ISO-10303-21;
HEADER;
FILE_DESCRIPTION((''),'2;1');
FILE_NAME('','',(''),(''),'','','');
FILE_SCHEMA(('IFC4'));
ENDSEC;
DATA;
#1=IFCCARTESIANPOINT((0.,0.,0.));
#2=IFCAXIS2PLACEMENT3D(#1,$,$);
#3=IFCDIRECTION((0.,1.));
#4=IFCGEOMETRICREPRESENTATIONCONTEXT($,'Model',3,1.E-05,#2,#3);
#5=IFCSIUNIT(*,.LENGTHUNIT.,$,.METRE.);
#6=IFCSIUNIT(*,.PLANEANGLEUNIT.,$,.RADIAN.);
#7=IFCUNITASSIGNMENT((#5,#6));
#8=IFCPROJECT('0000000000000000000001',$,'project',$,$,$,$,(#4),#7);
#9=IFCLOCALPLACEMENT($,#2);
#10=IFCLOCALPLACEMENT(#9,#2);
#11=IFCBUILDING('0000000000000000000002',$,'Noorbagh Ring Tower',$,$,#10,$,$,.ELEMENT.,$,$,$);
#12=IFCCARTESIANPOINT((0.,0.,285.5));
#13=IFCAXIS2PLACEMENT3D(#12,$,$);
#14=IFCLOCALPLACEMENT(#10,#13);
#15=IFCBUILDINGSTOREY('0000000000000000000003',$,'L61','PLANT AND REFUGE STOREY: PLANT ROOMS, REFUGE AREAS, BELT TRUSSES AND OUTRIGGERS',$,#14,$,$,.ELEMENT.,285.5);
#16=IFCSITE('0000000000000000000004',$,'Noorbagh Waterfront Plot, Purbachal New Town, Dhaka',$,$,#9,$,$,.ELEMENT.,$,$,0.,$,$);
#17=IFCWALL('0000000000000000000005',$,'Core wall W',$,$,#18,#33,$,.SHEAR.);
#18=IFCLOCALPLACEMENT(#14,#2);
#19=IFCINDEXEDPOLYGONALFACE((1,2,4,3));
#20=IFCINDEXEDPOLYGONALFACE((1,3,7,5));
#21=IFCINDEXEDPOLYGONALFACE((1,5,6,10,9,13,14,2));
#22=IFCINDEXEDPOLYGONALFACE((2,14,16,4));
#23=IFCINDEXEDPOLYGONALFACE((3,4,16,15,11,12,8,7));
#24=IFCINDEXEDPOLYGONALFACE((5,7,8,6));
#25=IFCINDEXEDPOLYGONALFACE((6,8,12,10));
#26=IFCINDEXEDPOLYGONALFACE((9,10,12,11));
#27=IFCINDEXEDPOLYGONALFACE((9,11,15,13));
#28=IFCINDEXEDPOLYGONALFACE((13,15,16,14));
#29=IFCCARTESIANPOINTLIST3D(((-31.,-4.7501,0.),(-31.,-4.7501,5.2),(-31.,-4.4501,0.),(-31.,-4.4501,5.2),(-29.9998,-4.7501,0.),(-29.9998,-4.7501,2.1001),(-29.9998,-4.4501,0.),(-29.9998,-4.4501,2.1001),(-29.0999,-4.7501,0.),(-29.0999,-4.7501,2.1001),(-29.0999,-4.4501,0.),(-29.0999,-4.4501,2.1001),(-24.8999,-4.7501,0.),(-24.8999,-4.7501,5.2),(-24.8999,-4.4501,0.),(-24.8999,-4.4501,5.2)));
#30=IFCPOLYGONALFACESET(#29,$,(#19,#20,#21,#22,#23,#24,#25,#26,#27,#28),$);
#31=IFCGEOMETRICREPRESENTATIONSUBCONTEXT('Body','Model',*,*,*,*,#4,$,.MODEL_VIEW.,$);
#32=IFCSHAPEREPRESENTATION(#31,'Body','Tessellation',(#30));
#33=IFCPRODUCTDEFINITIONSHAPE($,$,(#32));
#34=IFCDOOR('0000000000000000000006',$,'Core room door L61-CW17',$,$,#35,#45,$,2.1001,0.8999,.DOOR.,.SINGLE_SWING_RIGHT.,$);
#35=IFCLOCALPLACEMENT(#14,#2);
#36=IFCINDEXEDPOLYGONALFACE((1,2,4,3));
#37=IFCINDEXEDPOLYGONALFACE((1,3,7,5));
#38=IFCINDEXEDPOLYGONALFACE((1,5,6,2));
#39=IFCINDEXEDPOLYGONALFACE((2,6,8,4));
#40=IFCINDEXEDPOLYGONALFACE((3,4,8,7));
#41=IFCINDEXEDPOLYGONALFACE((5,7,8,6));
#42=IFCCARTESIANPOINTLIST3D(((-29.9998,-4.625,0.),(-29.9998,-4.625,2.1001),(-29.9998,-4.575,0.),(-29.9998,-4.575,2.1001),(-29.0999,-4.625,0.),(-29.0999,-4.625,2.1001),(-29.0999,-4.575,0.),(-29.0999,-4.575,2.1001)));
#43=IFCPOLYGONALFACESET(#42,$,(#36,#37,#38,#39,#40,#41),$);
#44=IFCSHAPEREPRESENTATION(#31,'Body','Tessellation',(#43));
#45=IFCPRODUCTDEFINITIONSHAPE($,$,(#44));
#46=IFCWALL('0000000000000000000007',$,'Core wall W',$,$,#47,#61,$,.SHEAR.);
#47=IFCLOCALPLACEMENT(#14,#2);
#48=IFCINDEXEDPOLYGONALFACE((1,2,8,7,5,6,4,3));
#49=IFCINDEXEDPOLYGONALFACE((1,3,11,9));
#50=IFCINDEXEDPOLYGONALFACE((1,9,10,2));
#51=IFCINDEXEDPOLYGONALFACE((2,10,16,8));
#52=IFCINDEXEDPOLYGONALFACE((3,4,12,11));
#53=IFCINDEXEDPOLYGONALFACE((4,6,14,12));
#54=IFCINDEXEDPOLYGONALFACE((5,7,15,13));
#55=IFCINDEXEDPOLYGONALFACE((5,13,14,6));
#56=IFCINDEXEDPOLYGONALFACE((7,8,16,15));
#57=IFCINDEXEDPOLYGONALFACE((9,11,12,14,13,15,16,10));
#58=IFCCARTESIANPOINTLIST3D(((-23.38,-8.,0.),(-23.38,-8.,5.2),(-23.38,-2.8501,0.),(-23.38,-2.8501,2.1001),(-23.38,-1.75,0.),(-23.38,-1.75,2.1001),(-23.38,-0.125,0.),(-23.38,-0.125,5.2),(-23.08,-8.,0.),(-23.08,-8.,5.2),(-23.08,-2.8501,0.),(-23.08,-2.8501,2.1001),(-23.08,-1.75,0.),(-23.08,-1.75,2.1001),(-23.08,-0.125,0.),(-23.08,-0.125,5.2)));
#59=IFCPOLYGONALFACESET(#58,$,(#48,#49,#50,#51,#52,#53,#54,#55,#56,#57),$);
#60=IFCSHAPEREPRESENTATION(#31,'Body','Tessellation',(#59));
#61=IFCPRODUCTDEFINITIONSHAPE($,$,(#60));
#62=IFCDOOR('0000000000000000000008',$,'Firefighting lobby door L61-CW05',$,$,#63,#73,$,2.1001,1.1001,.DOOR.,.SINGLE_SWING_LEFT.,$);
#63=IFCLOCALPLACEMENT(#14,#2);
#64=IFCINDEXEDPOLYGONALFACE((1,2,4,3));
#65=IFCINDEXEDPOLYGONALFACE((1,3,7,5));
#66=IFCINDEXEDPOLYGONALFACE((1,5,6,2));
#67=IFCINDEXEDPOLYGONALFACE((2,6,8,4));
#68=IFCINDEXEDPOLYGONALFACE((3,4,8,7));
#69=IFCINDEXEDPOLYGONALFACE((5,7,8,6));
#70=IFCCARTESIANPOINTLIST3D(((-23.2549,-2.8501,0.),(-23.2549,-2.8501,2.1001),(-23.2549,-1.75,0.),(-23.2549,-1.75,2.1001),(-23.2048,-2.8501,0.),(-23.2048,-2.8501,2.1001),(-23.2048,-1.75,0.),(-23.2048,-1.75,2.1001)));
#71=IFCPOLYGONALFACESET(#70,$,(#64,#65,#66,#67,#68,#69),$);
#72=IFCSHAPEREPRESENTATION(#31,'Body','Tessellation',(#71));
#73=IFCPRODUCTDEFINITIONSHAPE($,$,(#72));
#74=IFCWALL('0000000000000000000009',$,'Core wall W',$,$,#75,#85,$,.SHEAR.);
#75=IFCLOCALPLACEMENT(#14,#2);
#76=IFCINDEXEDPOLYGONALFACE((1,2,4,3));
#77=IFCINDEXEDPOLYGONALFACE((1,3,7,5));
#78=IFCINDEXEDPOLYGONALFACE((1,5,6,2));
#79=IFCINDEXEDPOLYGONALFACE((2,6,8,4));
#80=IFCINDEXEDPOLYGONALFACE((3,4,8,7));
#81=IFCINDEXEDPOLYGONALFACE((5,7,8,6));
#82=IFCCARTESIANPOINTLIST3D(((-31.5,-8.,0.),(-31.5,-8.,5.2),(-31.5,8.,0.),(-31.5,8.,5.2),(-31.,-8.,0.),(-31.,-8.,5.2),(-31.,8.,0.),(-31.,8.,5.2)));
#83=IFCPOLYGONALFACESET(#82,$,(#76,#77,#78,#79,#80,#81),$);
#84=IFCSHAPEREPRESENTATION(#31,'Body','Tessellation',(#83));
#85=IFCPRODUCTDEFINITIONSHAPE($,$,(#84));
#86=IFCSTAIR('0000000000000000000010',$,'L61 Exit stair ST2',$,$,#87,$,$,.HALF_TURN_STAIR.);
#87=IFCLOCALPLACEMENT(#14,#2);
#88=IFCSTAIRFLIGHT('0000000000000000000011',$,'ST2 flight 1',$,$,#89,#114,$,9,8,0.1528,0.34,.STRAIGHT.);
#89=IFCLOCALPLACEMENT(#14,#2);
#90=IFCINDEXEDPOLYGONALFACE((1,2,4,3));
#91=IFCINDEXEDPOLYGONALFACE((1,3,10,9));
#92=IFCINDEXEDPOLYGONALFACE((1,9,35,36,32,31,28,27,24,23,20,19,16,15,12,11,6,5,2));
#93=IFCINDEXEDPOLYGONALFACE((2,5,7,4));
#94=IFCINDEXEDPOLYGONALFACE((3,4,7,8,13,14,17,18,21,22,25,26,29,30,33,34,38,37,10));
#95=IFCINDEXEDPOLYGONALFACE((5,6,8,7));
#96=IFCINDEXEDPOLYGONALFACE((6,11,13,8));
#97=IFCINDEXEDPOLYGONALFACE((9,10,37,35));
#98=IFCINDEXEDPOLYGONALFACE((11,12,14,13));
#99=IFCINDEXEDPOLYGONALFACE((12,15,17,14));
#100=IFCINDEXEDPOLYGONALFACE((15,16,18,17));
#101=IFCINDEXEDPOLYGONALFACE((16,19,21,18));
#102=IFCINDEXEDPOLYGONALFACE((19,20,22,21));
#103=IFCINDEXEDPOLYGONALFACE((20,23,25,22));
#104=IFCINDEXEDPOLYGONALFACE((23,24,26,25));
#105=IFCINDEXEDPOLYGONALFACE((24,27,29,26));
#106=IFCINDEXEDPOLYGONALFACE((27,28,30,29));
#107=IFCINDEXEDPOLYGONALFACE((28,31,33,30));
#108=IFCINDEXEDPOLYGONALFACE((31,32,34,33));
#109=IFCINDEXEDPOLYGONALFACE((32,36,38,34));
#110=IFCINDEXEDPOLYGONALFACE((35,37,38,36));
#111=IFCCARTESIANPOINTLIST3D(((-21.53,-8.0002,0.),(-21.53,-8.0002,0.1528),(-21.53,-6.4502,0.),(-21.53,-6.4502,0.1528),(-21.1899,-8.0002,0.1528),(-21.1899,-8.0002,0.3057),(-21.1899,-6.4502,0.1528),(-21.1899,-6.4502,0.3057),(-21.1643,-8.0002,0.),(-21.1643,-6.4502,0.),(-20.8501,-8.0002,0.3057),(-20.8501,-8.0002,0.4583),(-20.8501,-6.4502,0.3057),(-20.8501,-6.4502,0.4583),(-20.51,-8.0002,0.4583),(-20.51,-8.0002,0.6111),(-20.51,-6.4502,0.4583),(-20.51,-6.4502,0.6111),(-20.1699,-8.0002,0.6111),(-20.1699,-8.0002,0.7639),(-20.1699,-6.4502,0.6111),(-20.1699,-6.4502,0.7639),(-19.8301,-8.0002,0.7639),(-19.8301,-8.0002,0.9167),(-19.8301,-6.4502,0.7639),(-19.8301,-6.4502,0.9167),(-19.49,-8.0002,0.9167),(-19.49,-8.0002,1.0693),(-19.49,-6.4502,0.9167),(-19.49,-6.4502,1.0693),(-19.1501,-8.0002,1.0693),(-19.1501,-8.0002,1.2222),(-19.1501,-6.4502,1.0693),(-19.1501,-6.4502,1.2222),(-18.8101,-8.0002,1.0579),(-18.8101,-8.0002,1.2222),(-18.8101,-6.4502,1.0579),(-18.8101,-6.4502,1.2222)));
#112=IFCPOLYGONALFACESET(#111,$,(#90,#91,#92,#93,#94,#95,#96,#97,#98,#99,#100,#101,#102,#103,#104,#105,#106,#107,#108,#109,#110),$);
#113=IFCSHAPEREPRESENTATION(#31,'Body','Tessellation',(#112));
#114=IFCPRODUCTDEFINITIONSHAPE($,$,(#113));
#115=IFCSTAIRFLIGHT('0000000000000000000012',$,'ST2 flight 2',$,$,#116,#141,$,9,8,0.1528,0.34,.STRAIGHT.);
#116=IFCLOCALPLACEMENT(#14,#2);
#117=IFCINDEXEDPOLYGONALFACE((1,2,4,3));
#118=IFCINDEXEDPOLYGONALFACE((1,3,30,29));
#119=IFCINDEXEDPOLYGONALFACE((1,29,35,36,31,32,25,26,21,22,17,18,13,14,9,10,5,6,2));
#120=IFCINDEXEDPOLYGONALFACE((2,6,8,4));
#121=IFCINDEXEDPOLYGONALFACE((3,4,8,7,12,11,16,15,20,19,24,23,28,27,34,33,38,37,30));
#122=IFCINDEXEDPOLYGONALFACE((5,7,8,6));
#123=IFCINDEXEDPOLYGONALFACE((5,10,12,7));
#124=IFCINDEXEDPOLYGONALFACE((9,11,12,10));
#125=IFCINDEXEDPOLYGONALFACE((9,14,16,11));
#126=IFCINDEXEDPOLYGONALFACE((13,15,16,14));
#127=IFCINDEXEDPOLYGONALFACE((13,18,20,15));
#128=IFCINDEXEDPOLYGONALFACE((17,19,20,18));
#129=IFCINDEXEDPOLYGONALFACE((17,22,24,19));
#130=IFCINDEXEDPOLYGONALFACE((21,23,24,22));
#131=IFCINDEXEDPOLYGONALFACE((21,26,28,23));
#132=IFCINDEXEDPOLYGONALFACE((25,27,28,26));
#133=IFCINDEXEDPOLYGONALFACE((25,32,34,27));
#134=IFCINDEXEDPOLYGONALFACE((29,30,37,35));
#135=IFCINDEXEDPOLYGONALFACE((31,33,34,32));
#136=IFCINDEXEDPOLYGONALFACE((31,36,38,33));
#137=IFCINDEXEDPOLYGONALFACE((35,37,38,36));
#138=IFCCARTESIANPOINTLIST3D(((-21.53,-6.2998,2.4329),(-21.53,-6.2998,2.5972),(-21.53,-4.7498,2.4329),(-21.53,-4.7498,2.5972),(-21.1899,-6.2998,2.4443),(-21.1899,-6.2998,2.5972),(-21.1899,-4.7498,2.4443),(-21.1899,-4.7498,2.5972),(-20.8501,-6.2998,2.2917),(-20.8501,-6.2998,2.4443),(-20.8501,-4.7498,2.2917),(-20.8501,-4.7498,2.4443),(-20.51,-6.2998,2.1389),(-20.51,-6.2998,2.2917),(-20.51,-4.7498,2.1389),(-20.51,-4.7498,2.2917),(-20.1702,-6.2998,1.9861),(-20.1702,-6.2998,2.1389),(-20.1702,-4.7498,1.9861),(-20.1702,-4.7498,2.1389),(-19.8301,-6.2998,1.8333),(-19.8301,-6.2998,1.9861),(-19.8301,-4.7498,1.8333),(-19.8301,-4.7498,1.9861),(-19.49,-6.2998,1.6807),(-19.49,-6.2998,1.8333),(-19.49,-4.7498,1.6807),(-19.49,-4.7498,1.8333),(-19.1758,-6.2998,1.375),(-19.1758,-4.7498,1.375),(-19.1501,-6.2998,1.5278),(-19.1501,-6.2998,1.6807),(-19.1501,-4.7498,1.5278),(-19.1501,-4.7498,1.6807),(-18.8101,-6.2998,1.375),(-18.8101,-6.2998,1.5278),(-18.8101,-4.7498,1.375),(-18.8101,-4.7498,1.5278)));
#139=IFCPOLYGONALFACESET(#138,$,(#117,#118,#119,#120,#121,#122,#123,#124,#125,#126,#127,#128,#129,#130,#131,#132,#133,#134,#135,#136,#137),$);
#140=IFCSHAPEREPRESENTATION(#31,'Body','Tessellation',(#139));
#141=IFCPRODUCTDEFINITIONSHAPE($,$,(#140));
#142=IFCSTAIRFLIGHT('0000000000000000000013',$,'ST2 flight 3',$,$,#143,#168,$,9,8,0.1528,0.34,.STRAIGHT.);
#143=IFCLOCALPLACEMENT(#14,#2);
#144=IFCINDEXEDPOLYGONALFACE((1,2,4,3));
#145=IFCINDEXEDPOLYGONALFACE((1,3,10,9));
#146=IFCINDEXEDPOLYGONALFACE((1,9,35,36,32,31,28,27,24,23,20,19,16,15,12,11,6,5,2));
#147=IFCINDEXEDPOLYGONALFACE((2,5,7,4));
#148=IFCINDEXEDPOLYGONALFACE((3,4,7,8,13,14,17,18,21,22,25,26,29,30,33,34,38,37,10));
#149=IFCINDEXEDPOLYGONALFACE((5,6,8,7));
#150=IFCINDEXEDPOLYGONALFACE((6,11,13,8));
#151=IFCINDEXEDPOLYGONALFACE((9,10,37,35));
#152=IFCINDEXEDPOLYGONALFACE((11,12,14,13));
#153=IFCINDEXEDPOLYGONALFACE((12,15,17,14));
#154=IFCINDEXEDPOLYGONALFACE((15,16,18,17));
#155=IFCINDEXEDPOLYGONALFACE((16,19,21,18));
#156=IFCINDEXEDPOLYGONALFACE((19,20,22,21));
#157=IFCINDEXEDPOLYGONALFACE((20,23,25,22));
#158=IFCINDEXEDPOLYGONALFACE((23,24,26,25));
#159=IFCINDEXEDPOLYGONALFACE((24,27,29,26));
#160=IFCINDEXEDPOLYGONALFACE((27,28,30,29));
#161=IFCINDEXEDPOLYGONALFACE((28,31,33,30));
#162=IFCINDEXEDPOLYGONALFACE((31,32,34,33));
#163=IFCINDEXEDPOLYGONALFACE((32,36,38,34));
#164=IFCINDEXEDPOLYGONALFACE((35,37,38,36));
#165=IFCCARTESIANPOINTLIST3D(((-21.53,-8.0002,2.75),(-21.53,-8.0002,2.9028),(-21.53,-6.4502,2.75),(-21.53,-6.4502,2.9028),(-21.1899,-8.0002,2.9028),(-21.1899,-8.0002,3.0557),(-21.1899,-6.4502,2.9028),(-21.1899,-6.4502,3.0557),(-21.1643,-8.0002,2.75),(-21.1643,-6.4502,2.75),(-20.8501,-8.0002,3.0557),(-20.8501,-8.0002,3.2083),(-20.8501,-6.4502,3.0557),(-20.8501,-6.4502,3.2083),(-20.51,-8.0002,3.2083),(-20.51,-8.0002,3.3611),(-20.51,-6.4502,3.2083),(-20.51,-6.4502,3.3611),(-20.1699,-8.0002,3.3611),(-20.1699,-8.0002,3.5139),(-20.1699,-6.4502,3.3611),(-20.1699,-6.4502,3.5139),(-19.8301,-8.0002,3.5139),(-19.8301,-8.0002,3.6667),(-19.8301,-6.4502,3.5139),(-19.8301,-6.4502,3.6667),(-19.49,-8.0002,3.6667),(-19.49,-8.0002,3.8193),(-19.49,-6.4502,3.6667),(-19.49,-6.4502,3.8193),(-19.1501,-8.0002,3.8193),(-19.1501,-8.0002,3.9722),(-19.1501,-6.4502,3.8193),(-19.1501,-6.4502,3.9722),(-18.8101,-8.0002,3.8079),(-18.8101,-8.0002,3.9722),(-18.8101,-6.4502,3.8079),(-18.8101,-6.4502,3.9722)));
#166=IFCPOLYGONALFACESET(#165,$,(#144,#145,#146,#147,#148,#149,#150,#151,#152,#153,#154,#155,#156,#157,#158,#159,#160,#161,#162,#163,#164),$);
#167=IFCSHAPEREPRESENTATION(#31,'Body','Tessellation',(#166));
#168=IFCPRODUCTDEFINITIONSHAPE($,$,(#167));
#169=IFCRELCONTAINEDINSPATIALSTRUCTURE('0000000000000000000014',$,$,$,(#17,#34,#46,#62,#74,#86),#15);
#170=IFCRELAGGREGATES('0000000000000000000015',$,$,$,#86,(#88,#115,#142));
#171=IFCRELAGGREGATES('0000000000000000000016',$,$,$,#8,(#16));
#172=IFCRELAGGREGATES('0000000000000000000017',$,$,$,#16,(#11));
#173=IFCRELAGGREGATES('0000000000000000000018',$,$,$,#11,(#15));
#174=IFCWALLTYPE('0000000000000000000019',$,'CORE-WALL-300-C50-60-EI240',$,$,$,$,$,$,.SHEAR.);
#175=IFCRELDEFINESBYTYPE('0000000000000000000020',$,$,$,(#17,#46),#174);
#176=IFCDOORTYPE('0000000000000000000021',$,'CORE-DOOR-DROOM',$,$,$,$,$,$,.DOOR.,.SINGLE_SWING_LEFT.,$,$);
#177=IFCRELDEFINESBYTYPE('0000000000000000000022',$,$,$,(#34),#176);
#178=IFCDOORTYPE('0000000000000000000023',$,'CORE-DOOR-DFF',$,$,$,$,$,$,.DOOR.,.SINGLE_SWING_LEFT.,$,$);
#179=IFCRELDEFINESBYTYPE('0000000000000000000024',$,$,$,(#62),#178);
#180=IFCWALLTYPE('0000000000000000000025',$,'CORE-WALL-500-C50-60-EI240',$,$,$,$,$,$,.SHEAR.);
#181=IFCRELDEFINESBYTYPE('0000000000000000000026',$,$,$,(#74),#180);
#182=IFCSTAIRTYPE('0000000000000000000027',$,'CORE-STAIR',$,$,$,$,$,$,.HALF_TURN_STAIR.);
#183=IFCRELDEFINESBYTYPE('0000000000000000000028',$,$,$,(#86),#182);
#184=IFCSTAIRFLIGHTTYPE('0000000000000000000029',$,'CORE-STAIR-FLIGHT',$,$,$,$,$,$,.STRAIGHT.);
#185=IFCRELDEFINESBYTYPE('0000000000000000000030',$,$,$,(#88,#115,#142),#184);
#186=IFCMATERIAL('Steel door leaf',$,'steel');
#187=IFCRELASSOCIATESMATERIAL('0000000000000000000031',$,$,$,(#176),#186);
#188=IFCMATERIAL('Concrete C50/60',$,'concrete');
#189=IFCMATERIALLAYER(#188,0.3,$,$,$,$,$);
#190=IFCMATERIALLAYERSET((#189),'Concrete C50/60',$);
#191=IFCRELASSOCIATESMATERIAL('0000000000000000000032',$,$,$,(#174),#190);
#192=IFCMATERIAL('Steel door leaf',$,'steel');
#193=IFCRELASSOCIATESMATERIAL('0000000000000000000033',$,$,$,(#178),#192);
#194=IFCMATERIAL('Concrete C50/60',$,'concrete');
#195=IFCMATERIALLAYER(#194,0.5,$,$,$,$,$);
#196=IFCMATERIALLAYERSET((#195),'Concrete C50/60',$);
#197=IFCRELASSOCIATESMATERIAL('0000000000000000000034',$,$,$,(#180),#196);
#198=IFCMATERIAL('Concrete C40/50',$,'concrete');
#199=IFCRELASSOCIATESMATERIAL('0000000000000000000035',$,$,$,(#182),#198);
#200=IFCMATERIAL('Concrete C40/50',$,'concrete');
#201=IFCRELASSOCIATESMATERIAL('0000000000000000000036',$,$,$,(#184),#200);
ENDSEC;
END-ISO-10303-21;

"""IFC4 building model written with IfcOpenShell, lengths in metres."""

from ifc_helpers import new_model, si_unit, direction, frame, frame_2d, origin, place, context, subcontext, project, spatial, polyline, rectangle, outline, extrude, material, layer, layer_set, type_object, element, fill, aggregate, save


model = new_model("IFC4")

# Units and contexts
model_context = context("Model", 3, precision=1e-05, world=origin(), true_north=direction((0.0, 1.0)))
body_context = subcontext(model_context, "Body", "Model", "MODEL_VIEW")
ifc_project = project(units=[si_unit("LENGTHUNIT", "METRE"), si_unit("PLANEANGLEUNIT", "RADIAN")], contexts=[model_context])

# Site, building, storey
site_placement = place(None, origin())
site = spatial("IfcSite", under=ifc_project, at=site_placement, Name="Noorbagh Waterfront Plot, Purbachal New Town, Dhaka", CompositionType="ELEMENT", RefElevation=0.0)
building_placement = place(site_placement, origin())
building = spatial("IfcBuilding", under=site, at=building_placement, Name="Noorbagh Ring Tower", CompositionType="ELEMENT")
storey_placement = place(building_placement, frame((0.0, 0.0, 285.5)))
storey = spatial("IfcBuildingStorey", under=building, at=storey_placement, Name="L61", Description="PLANT AND REFUGE STOREY: PLANT ROOMS, REFUGE AREAS, BELT TRUSSES AND OUTRIGGERS", CompositionType="ELEMENT", Elevation=285.5)

# Shared definitions
ifc_material_1 = material(Name="Steel door leaf", Category="steel")
door_type_1 = type_object("IfcDoorType", Name="CORE-DOOR-DROOM", OperationType="SINGLE_SWING_LEFT", PredefinedType="DOOR", material=ifc_material_1)

# Walls, openings, doors
ifc_material_2 = material(Name="Concrete C50/60", Category="concrete")
ifc_layer_1 = layer(ifc_material_2, 0.3)
ifc_layer_set_1 = layer_set([ifc_layer_1], Name="Concrete C50/60")
wall_type_1 = type_object("IfcWallType", Name="CORE-WALL-300-C50-60-EI240", PredefinedType="SHEAR", material=ifc_layer_set_1)
wall_1_placement = place(storey_placement, frame((-24.8999, -4.6001, 0.0), z_axis=(0.0, 0.0, 1.0), x_axis=(-1.0, 0.0, 0.0)))
wall_1 = element("IfcWall", 1, at=wall_1_placement, inside=storey, type_object=wall_type_1, Name="Core wall W", PredefinedType="SHEAR", context=body_context, shape_type="SweptSolid", body=[
    extrude(rectangle(XDim=6.1001, YDim=0.3, at=frame_2d((3.05, 0.0))), origin(), (0.0, 0.0, 1.0), 5.2),
])
opening_1_placement = place(wall_1_placement, frame((4.2, 0.0, 0.0)))
opening_1 = element("IfcOpeningElement", 2, at=opening_1_placement, cuts=wall_1, PredefinedType="OPENING", context=body_context, shape_type="SweptSolid", body=[
    extrude(rectangle(XDim=0.8999, YDim=2.1001, at=frame_2d((0.45, 1.05))), frame((0.0, 0.1602, 0.0), z_axis=(0.0, -1.0, 0.0), x_axis=(1.0, 0.0, 0.0)), (0.0, 0.0, 1.0), 0.3201),
])
door_1_placement = place(opening_1_placement, origin())
door_1 = element("IfcDoor", 3, at=door_1_placement, inside=storey, type_object=door_type_1, Name="Core room door L61-CW17", OperationType="SINGLE_SWING_RIGHT", OverallHeight=2.1001, OverallWidth=0.8999, PredefinedType="DOOR", context=body_context, shape_type="SweptSolid", body=[
    extrude(rectangle(XDim=0.8999, YDim=2.1001, at=frame_2d((0.45, 1.05))), frame((0.0, 0.0249, 0.0), z_axis=(0.0, -1.0, 0.0), x_axis=(1.0, 0.0, 0.0)), (0.0, 0.0, 1.0), 0.05),
])
fill(opening_1, door_1)
wall_2_placement = place(storey_placement, frame((-23.23, -8.0, 0.0), z_axis=(0.0, 0.0, 1.0), x_axis=(0.0, 1.0, 0.0)))
wall_2 = element("IfcWall", 4, at=wall_2_placement, inside=storey, type_object=wall_type_1, Name="Core wall W", PredefinedType="SHEAR", context=body_context, shape_type="SweptSolid", body=[
    extrude(rectangle(XDim=7.875, YDim=0.3, at=frame_2d((3.9375, 0.0))), origin(), (0.0, 0.0, 1.0), 5.2),
])
opening_2_placement = place(wall_2_placement, frame((5.1499, 0.0, 0.0)))
opening_2 = element("IfcOpeningElement", 5, at=opening_2_placement, cuts=wall_2, PredefinedType="OPENING", context=body_context, shape_type="SweptSolid", body=[
    extrude(rectangle(XDim=1.1001, YDim=2.1001, at=frame_2d((0.55, 1.05))), frame((0.0, 0.1602, 0.0), z_axis=(0.0, -1.0, 0.0), x_axis=(1.0, 0.0, 0.0)), (0.0, 0.0, 1.0), 0.3201),
])
ifc_material_3 = material(Name="Steel door leaf", Category="steel")
door_type_2 = type_object("IfcDoorType", Name="CORE-DOOR-DFF", OperationType="SINGLE_SWING_LEFT", PredefinedType="DOOR", material=ifc_material_3)
door_2_placement = place(opening_2_placement, origin())
door_2 = element("IfcDoor", 6, at=door_2_placement, inside=storey, type_object=door_type_2, Name="Firefighting lobby door L61-CW05", OperationType="SINGLE_SWING_LEFT", OverallHeight=2.1001, OverallWidth=1.1001, PredefinedType="DOOR", context=body_context, shape_type="SweptSolid", body=[
    extrude(rectangle(XDim=1.1001, YDim=2.1001, at=frame_2d((0.55, 1.05))), frame((0.0, 0.0249, 0.0), z_axis=(0.0, -1.0, 0.0), x_axis=(1.0, 0.0, 0.0)), (0.0, 0.0, 1.0), 0.05),
])
fill(opening_2, door_2)

# Wall
ifc_material_4 = material(Name="Concrete C50/60", Category="concrete")
ifc_layer_2 = layer(ifc_material_4, 0.5)
ifc_layer_set_2 = layer_set([ifc_layer_2], Name="Concrete C50/60")
wall_type_2 = type_object("IfcWallType", Name="CORE-WALL-500-C50-60-EI240", PredefinedType="SHEAR", material=ifc_layer_set_2)
wall_3_placement = place(storey_placement, frame((-31.25, -8.0, 0.0), z_axis=(0.0, 0.0, 1.0), x_axis=(0.0, 1.0, 0.0)))
element("IfcWall", 7, at=wall_3_placement, inside=storey, type_object=wall_type_2, Name="Core wall W", PredefinedType="SHEAR", context=body_context, shape_type="SweptSolid", body=[
    extrude(rectangle(XDim=16.0, YDim=0.5, at=frame_2d((8.0, 0.0))), origin(), (0.0, 0.0, 1.0), 5.2),
])

# Stair, stair flights
ifc_material_5 = material(Name="Concrete C40/50", Category="concrete")
stair_type = type_object("IfcStairType", Name="CORE-STAIR", PredefinedType="HALF_TURN_STAIR", material=ifc_material_5)
stair_placement = place(storey_placement, origin())
stair = element("IfcStair", 8, at=stair_placement, inside=storey, type_object=stair_type, Name="L61 Exit stair ST2", PredefinedType="HALF_TURN_STAIR")
ifc_material_6 = material(Name="Concrete C40/50", Category="concrete")
stair_flight_type = type_object("IfcStairFlightType", Name="CORE-STAIR-FLIGHT", PredefinedType="STRAIGHT", material=ifc_material_6)
stair_flight_1_placement = place(storey_placement, frame((-21.53, -7.2251, 0.0), z_axis=(0.0, 0.0, 1.0), x_axis=(1.0, 0.0, 0.0)))
stair_flight_1 = element("IfcStairFlight", 9, at=stair_flight_1_placement, type_object=stair_flight_type, Name="ST2 flight 1", NumberOfRisers=9, NumberOfTreads=8, PredefinedType="STRAIGHT", RiserHeight=0.1528, TreadLength=0.34, context=body_context, shape_type="SweptSolid", body=[
    extrude(outline(polyline([(0.0, 0.0), (0.0, 0.1528), (0.3401, 0.1528), (0.3401, 0.3057), (0.6799, 0.3057), (0.6799, 0.4583), (1.02, 0.4583), (1.02, 0.6111), (1.3601, 0.6111), (1.3601, 0.7639), (1.7, 0.7639), (1.7, 0.9167), (2.04, 0.9167), (2.04, 1.0693), (2.3799, 1.0693), (2.3799, 1.2222), (2.72, 1.2222), (2.72, 1.375), (2.72, 1.0579), (0.3657, 0.0), (0.0, 0.0)])), frame((0.0, 0.7749, 0.0), z_axis=(0.0, -1.0, 0.0), x_axis=(1.0, 0.0, 0.0)), (0.0, 0.0, 1.0), 1.55),
])
stair_flight_2_placement = place(storey_placement, frame((-18.8101, -5.5249, 1.375), z_axis=(0.0, 0.0, 1.0), x_axis=(-1.0, 0.0, 0.0)))
stair_flight_2 = element("IfcStairFlight", 10, at=stair_flight_2_placement, type_object=stair_flight_type, Name="ST2 flight 2", NumberOfRisers=9, NumberOfTreads=8, PredefinedType="STRAIGHT", RiserHeight=0.1528, TreadLength=0.34, context=body_context, shape_type="SweptSolid", body=[
    extrude(outline(polyline([(0.0, 0.0), (0.0, 0.1528), (0.3401, 0.1528), (0.3401, 0.3057), (0.6799, 0.3057), (0.6799, 0.4583), (1.02, 0.4583), (1.02, 0.6111), (1.3601, 0.6111), (1.3601, 0.7639), (1.7, 0.7639), (1.7, 0.9167), (2.04, 0.9167), (2.04, 1.0693), (2.3799, 1.0693), (2.3799, 1.2222), (2.72, 1.2222), (2.72, 1.375), (2.72, 1.0579), (0.3657, 0.0), (0.0, 0.0)])), frame((0.0, 0.7749, 0.0), z_axis=(0.0, -1.0, 0.0), x_axis=(1.0, 0.0, 0.0)), (0.0, 0.0, 1.0), 1.55),
])
stair_flight_3_placement = place(storey_placement, frame((-21.53, -7.2251, 2.75), z_axis=(0.0, 0.0, 1.0), x_axis=(1.0, 0.0, 0.0)))
stair_flight_3 = element("IfcStairFlight", 11, at=stair_flight_3_placement, type_object=stair_flight_type, Name="ST2 flight 3", NumberOfRisers=9, NumberOfTreads=8, PredefinedType="STRAIGHT", RiserHeight=0.1528, TreadLength=0.34, context=body_context, shape_type="SweptSolid", body=[
    extrude(outline(polyline([(0.0, 0.0), (0.0, 0.1528), (0.3401, 0.1528), (0.3401, 0.3057), (0.6799, 0.3057), (0.6799, 0.4583), (1.02, 0.4583), (1.02, 0.6111), (1.3601, 0.6111), (1.3601, 0.7639), (1.7, 0.7639), (1.7, 0.9167), (2.04, 0.9167), (2.04, 1.0693), (2.3799, 1.0693), (2.3799, 1.2222), (2.72, 1.2222), (2.72, 1.375), (2.72, 1.0579), (0.3657, 0.0), (0.0, 0.0)])), frame((0.0, 0.7749, 0.0), z_axis=(0.0, -1.0, 0.0), x_axis=(1.0, 0.0, 0.0)), (0.0, 0.0, 1.0), 1.55),
])
aggregate(stair, [stair_flight_1, stair_flight_2, stair_flight_3])

save(model, "model.ifc")
